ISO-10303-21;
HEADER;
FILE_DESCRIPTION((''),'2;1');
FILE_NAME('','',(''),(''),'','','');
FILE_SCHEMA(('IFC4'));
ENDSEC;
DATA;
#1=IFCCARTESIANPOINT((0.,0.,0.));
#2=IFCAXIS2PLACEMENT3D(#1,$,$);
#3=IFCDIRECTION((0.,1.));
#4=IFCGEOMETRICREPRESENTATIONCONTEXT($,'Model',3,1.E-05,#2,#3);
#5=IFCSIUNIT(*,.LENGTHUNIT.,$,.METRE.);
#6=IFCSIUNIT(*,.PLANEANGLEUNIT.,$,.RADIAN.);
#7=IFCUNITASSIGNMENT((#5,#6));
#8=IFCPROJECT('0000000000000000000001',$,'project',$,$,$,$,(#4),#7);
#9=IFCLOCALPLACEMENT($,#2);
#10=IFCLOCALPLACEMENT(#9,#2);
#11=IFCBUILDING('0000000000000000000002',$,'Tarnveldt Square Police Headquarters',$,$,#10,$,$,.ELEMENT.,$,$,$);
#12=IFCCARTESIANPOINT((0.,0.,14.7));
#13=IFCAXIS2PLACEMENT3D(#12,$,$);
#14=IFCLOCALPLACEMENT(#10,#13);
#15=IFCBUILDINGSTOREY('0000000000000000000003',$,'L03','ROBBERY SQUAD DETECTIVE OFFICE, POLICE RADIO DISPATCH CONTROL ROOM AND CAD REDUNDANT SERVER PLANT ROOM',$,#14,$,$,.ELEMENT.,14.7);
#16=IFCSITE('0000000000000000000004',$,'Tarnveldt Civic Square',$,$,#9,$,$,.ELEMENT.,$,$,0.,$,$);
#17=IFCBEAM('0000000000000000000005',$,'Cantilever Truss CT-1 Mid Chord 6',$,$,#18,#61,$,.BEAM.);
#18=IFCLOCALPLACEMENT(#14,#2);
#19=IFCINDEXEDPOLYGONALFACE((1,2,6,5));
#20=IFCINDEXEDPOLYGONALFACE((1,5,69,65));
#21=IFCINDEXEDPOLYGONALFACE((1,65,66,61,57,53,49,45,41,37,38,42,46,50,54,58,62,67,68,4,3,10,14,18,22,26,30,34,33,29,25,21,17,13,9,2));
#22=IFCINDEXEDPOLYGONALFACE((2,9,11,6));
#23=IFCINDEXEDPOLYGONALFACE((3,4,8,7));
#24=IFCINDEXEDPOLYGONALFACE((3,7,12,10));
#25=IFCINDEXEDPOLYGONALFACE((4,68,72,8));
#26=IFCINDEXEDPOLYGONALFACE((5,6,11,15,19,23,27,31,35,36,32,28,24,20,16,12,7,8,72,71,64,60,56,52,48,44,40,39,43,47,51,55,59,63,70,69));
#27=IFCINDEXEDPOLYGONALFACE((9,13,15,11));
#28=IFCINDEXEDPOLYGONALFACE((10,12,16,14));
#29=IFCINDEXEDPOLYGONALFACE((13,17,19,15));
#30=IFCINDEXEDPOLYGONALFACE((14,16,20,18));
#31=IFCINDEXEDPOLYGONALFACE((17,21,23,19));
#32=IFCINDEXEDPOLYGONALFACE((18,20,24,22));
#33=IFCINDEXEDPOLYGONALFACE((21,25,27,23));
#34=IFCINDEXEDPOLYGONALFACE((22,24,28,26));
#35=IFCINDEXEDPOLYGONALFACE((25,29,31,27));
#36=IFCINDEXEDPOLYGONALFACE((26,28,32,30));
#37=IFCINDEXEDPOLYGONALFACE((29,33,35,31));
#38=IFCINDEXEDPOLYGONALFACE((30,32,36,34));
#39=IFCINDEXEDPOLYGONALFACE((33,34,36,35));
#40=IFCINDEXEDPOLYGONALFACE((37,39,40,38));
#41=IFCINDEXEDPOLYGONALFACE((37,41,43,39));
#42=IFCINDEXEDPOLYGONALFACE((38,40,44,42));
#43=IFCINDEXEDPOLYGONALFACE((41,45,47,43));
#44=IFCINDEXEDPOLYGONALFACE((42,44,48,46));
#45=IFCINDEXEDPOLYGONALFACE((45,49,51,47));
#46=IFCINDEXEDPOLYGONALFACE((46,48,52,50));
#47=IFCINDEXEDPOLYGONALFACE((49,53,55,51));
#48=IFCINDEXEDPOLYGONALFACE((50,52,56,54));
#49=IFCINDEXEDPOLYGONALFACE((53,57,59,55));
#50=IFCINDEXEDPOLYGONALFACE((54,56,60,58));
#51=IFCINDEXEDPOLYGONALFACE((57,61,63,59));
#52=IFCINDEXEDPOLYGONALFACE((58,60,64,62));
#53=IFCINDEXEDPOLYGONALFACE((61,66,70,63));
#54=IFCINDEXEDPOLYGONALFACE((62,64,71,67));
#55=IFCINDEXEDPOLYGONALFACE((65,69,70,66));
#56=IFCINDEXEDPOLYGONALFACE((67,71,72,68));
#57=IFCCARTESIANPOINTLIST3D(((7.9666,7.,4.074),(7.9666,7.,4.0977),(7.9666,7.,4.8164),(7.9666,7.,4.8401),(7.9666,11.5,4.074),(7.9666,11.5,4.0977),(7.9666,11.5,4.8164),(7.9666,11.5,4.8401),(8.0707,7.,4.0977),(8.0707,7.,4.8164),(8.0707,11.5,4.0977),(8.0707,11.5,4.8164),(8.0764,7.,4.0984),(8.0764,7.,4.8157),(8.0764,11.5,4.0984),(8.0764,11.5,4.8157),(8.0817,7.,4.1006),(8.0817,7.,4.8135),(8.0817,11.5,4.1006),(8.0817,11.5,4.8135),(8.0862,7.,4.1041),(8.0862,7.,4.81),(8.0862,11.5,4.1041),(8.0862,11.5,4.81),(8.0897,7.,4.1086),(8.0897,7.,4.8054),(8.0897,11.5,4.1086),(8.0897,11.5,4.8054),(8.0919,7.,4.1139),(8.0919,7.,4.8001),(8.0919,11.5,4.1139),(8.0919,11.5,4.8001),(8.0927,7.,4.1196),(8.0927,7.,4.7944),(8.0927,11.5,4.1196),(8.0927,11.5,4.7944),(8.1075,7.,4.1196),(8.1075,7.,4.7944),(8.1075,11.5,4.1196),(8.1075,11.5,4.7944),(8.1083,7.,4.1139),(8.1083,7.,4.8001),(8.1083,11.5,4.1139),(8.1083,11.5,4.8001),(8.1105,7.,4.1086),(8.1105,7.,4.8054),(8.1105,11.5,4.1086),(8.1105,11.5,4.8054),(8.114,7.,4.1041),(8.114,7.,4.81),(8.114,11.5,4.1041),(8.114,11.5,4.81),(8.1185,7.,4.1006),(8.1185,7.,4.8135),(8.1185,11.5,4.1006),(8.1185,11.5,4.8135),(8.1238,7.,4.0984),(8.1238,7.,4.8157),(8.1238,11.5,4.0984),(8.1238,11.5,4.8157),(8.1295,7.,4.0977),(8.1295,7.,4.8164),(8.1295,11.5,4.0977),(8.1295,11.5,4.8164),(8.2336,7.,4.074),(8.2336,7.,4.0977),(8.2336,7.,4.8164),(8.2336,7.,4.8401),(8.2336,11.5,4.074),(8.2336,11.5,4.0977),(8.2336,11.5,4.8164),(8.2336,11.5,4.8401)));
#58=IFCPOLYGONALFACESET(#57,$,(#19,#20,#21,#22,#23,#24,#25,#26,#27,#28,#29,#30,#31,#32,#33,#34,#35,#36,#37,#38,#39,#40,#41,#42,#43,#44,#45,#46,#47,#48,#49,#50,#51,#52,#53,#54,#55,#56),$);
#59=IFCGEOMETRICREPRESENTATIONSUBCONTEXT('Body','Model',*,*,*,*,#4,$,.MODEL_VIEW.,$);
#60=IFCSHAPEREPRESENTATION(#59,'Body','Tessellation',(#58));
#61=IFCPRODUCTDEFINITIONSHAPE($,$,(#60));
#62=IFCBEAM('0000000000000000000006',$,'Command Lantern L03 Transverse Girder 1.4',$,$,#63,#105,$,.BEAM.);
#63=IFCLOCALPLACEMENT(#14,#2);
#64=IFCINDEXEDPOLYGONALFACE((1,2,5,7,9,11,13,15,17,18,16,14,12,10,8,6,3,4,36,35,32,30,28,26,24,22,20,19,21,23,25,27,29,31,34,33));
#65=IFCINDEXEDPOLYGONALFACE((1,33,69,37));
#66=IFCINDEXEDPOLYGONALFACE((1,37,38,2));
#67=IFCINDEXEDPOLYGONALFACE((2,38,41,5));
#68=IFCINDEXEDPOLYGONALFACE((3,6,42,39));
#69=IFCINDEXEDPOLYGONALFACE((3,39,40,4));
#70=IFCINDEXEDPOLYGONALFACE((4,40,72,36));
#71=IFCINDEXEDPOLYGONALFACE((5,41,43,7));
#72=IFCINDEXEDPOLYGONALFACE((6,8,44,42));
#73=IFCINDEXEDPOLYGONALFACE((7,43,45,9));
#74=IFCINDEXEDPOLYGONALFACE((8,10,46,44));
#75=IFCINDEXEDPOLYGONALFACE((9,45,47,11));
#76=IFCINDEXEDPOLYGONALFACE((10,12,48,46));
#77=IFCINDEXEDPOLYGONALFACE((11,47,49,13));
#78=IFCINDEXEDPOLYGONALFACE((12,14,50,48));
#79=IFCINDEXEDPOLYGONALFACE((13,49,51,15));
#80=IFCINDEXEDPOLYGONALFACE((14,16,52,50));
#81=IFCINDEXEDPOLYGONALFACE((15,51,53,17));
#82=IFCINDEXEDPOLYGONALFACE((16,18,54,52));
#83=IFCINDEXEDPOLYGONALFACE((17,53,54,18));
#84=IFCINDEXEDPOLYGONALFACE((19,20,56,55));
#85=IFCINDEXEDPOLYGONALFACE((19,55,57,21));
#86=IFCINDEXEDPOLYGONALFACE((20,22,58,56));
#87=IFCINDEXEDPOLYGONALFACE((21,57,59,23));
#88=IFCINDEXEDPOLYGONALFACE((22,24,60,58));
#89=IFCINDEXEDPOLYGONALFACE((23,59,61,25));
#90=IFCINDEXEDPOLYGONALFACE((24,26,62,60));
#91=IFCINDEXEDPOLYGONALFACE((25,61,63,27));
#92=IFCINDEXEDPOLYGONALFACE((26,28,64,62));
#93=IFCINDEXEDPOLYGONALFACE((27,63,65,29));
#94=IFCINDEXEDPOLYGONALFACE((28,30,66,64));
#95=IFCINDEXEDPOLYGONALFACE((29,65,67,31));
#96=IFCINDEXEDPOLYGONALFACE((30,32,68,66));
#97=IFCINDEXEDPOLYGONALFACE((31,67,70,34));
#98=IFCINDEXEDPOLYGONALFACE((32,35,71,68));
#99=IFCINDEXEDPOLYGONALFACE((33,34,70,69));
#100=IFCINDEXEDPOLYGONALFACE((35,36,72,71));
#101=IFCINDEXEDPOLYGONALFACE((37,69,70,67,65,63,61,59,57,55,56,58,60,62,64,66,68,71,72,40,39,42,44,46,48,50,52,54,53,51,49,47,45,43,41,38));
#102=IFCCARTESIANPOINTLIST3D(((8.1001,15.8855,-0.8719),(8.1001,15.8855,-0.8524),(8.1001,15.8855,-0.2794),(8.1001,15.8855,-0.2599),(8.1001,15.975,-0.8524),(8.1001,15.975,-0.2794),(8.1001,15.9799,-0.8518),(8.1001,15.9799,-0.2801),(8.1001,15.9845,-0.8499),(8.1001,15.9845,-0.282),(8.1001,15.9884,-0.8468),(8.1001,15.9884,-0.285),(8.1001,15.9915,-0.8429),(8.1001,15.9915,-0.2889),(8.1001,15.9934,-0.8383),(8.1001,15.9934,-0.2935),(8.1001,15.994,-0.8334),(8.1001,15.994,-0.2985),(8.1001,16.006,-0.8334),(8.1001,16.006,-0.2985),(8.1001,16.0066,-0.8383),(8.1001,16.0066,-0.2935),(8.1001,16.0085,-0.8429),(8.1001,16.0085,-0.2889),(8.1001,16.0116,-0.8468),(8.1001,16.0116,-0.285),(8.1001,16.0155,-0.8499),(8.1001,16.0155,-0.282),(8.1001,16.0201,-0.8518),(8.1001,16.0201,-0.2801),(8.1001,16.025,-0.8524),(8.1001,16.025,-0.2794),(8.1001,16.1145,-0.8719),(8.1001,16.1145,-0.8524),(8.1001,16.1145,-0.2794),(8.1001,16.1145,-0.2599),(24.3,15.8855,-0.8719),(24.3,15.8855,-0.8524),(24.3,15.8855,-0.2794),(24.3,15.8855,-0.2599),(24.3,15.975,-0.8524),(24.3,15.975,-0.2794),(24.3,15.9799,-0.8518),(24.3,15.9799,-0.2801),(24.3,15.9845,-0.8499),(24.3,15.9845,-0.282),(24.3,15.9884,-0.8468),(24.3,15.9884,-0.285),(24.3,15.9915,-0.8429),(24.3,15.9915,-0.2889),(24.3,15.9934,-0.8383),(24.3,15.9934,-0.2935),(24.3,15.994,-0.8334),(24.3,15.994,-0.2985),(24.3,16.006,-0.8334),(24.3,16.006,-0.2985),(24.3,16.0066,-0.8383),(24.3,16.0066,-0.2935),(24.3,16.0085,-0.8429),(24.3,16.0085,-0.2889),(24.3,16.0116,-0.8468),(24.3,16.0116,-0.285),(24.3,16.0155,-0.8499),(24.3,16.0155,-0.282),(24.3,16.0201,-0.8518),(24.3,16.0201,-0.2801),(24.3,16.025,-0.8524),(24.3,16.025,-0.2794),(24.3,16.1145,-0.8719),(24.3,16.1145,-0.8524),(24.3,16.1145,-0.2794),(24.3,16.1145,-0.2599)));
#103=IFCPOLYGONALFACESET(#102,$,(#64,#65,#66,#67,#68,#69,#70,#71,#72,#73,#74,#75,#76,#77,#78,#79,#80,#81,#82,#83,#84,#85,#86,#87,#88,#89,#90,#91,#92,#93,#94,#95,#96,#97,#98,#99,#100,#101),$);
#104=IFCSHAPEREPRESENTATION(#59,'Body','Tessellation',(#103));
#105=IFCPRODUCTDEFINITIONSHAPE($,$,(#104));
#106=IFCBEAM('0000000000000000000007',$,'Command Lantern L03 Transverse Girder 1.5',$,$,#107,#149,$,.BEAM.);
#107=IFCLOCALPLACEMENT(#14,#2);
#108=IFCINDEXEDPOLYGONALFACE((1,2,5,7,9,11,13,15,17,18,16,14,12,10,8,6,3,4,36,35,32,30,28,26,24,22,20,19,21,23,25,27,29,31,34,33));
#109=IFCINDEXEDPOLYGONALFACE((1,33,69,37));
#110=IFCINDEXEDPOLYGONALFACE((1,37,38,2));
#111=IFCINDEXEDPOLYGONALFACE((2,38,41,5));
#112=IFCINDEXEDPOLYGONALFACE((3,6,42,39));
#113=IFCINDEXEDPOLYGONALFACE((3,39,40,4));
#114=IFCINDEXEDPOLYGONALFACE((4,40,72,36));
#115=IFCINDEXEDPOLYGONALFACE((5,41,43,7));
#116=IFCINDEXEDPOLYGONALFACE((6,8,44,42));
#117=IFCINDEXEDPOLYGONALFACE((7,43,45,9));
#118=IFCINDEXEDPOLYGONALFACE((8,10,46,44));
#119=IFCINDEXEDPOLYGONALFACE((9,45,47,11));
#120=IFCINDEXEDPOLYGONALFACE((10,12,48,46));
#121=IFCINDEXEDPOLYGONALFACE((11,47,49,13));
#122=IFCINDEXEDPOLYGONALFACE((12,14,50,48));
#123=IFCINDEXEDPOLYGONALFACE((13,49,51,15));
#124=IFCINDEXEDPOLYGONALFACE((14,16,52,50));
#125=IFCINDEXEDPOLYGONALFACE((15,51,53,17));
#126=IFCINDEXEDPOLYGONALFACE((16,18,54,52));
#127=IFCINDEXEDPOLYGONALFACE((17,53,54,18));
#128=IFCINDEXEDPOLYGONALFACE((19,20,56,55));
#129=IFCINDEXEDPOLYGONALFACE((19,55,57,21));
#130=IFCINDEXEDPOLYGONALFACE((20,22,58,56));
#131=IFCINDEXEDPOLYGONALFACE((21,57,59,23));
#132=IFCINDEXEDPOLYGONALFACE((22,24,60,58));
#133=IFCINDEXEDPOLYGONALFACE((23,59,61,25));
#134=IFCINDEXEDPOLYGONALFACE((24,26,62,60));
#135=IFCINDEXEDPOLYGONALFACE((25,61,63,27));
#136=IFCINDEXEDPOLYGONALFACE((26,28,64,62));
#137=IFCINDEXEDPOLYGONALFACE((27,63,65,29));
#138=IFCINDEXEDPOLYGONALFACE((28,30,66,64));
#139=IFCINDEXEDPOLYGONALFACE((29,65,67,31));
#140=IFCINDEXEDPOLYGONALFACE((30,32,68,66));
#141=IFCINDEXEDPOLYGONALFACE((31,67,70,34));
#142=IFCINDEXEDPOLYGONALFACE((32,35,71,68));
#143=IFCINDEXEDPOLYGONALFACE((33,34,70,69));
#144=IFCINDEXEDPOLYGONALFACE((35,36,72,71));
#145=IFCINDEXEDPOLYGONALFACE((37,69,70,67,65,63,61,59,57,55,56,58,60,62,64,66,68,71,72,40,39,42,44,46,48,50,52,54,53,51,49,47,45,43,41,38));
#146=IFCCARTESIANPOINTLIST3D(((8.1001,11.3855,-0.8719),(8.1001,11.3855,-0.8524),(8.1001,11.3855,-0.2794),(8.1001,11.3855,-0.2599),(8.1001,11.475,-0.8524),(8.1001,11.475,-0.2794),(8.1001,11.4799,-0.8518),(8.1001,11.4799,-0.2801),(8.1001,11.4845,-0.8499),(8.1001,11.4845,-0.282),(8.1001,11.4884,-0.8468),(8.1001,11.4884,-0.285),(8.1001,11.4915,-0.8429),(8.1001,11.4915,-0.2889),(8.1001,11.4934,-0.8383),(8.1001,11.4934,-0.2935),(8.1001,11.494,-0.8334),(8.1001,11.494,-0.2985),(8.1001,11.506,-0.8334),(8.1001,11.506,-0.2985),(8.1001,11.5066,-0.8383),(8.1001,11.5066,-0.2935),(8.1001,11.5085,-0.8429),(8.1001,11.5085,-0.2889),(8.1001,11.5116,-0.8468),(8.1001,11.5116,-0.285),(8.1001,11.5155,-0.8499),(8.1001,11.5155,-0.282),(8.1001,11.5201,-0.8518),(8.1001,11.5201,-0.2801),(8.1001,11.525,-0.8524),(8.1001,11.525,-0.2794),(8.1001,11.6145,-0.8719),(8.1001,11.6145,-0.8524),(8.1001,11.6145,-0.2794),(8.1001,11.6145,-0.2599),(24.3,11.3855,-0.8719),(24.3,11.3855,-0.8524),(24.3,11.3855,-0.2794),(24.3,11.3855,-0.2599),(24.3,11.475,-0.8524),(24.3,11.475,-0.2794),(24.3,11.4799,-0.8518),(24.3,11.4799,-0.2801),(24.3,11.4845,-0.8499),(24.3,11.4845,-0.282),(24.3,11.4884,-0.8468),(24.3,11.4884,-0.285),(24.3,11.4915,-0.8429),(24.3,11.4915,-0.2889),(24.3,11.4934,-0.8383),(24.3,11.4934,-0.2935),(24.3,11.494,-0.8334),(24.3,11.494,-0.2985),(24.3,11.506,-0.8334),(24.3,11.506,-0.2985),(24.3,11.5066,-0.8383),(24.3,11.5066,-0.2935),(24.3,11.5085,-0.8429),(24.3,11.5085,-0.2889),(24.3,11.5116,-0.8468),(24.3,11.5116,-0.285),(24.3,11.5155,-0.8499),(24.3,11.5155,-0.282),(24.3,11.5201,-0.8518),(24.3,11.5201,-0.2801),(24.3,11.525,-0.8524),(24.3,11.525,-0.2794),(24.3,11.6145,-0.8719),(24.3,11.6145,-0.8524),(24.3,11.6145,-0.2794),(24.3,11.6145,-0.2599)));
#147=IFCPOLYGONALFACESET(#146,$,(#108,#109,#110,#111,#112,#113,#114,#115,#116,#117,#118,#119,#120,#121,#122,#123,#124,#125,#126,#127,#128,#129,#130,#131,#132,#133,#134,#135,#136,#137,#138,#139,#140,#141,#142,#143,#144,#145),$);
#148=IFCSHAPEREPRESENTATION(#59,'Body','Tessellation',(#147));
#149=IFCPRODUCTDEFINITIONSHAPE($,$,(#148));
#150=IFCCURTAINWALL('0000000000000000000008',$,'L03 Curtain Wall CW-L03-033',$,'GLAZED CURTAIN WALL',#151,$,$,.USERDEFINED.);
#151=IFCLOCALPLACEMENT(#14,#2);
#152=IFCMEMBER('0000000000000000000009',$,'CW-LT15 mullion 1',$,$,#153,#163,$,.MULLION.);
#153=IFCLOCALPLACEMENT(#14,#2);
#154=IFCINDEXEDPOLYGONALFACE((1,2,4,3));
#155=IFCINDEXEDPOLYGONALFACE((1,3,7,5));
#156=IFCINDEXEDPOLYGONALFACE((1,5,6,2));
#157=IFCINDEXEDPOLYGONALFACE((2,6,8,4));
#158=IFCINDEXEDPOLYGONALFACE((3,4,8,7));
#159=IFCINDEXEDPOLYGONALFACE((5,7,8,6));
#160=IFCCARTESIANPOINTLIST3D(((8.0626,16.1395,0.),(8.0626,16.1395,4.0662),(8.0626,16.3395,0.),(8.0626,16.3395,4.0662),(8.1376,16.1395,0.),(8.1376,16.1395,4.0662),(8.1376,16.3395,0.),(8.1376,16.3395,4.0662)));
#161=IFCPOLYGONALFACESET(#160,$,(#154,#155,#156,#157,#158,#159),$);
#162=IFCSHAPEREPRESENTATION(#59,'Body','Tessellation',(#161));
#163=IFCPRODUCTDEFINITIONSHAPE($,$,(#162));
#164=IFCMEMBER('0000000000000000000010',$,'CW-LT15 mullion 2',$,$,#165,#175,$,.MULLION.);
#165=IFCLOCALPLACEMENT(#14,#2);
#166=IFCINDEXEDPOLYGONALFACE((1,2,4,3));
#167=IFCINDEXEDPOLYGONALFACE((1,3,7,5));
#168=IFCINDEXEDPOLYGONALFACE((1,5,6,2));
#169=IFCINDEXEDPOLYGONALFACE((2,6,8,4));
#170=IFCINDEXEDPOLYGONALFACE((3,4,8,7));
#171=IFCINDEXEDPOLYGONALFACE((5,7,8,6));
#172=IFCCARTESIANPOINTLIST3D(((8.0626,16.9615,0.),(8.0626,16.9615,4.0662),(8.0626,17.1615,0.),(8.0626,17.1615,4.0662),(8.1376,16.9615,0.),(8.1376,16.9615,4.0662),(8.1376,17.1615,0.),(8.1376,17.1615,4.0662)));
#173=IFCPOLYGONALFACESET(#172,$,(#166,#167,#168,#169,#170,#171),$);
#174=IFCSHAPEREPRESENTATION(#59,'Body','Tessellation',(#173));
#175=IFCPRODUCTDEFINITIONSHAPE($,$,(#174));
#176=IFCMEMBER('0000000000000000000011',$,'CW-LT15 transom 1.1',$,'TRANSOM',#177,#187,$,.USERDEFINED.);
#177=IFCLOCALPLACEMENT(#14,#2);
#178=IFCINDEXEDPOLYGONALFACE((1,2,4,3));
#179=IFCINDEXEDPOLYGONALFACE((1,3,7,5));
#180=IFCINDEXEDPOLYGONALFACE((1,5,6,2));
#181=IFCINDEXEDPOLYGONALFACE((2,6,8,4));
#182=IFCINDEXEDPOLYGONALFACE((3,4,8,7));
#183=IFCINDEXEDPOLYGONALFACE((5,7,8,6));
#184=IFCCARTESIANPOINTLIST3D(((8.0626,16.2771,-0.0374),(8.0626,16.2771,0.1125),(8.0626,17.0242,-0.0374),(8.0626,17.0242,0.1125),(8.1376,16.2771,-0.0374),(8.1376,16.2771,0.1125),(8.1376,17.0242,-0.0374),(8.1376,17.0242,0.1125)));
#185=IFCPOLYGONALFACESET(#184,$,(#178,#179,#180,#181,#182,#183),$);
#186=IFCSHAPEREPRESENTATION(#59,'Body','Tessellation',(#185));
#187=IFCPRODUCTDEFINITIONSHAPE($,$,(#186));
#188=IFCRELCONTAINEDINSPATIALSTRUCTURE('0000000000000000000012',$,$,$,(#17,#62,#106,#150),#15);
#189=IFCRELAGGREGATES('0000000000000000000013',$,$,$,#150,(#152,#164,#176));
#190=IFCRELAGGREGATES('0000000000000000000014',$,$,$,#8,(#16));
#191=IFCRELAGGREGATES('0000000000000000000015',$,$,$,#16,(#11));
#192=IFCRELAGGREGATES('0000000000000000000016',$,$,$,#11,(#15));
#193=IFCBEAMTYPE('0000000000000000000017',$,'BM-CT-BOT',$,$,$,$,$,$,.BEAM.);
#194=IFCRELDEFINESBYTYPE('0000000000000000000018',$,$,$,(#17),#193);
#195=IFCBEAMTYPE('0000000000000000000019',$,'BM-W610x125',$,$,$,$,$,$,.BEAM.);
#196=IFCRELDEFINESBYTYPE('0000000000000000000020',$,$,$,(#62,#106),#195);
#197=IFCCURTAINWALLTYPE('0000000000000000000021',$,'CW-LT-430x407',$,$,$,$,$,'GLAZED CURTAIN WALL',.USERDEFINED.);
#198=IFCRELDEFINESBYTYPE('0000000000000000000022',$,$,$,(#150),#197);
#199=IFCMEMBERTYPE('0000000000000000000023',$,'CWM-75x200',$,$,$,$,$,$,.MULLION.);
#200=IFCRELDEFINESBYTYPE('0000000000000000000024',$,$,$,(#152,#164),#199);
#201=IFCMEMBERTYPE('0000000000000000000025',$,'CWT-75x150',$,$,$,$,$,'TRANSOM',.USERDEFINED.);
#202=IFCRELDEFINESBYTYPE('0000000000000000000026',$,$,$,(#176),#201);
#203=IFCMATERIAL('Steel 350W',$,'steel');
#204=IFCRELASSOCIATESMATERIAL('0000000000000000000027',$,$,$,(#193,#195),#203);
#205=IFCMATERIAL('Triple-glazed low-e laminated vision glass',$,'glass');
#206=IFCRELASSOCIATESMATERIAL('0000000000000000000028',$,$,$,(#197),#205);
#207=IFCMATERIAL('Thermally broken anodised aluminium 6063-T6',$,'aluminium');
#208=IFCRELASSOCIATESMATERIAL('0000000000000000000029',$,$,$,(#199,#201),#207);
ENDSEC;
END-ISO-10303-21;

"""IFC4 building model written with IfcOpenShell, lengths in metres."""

from ifc_helpers import new_model, si_unit, direction, frame, origin, origin_2d, place, context, subcontext, project, spatial, rectangle, i_section, extrude, material, material_profile, profile_set, type_object, element, aggregate, save


model = new_model("IFC4")

# Units and contexts
model_context = context("Model", 3, precision=1e-05, world=origin(), true_north=direction((0.0, 1.0)))
body_context = subcontext(model_context, "Body", "Model", "MODEL_VIEW")
ifc_project = project(units=[si_unit("LENGTHUNIT", "METRE"), si_unit("PLANEANGLEUNIT", "RADIAN")], contexts=[model_context])

# Site, building, storey
site_placement = place(None, origin())
site = spatial("IfcSite", under=ifc_project, at=site_placement, Name="Tarnveldt Civic Square", CompositionType="ELEMENT", RefElevation=0.0)
building_placement = place(site_placement, origin())
building = spatial("IfcBuilding", under=site, at=building_placement, Name="Tarnveldt Square Police Headquarters", CompositionType="ELEMENT")
storey_placement = place(building_placement, frame((0.0, 0.0, 14.7)))
storey = spatial("IfcBuildingStorey", under=building, at=storey_placement, Name="L03", Description="ROBBERY SQUAD DETECTIVE OFFICE, POLICE RADIO DISPATCH CONTROL ROOM AND CAD REDUNDANT SERVER PLANT ROOM", CompositionType="ELEMENT", Elevation=14.7)

# Shared definitions
ifc_material_1 = material(Name="Steel 350W", Category="steel")

# Beams
ifc_material_profile_1 = material_profile(ifc_material_1, i_section(OverallWidth=0.2671, OverallDepth=0.7661, WebThickness=0.0149, FlangeThickness=0.0237, FilletRadius=0.022, at=origin_2d()), Name="W760x185")
ifc_profile_set_1 = profile_set([ifc_material_profile_1], Name="Steel 350W")
beam_type_1 = type_object("IfcBeamType", Name="BM-CT-BOT", PredefinedType="BEAM", material=ifc_profile_set_1)
for number, where, z_axis, x_axis, name in (
    (1, (8.1001, 11.5, 4.457), (0.0, -1.0, 0.0), (1.0, 0.0, 0.0), "Cantilever Truss CT-1 Mid Chord 6"),
):
    element("IfcBeam", number, at=place(storey_placement, frame(where, z_axis=z_axis, x_axis=x_axis)), inside=storey, type_object=beam_type_1, Name=name, PredefinedType="BEAM", context=body_context, shape_type="SweptSolid", body=[
        extrude(i_section(OverallWidth=0.2671, OverallDepth=0.7661, WebThickness=0.0149, FlangeThickness=0.0237, FilletRadius=0.022, at=origin_2d()), origin(), (0.0, 0.0, 1.0), 4.5),
    ])
ifc_material_profile_2 = material_profile(ifc_material_1, i_section(OverallWidth=0.229, OverallDepth=0.6121, WebThickness=0.012, FlangeThickness=0.0195, FilletRadius=0.019, at=origin_2d()), Name="W610x125")
ifc_profile_set_2 = profile_set([ifc_material_profile_2], Name="Steel 350W")
beam_type_2 = type_object("IfcBeamType", Name="BM-W610x125", PredefinedType="BEAM", material=ifc_profile_set_2)
for number, where, z_axis, x_axis, name in (
    (2, (8.1001, 16.0, -0.5659), (1.0, 0.0, 0.0), (0.0, 1.0, 0.0), "Command Lantern L03 Transverse Girder 1.4"),
    (3, (8.1001, 11.5, -0.5659), (1.0, 0.0, 0.0), (0.0, 1.0, 0.0), "Command Lantern L03 Transverse Girder 1.5"),
):
    element("IfcBeam", number, at=place(storey_placement, frame(where, z_axis=z_axis, x_axis=x_axis)), inside=storey, type_object=beam_type_2, Name=name, PredefinedType="BEAM", context=body_context, shape_type="SweptSolid", body=[
        extrude(i_section(OverallWidth=0.229, OverallDepth=0.6121, WebThickness=0.012, FlangeThickness=0.0195, FilletRadius=0.019, at=origin_2d()), origin(), (0.0, 0.0, 1.0), 16.2),
    ])

# Curtain wall, members
ifc_material_2 = material(Name="Triple-glazed low-e laminated vision glass", Category="glass")
curtain_wall_type = type_object("IfcCurtainWallType", Name="CW-LT-430x407", ElementType="GLAZED CURTAIN WALL", PredefinedType="USERDEFINED", material=ifc_material_2)
curtain_wall_placement = place(storey_placement, origin())
curtain_wall = element("IfcCurtainWall", 4, at=curtain_wall_placement, inside=storey, type_object=curtain_wall_type, Name="L03 Curtain Wall CW-L03-033", ObjectType="GLAZED CURTAIN WALL", PredefinedType="USERDEFINED")
ifc_material_3 = material(Name="Thermally broken anodised aluminium 6063-T6", Category="aluminium")
ifc_material_profile_3 = material_profile(ifc_material_3, rectangle(XDim=0.075, YDim=0.2, at=origin_2d()), Name="CW-M75x200")
ifc_profile_set_3 = profile_set([ifc_material_profile_3], Name="Thermally broken anodised aluminium 6063-T6")
member_type_1 = type_object("IfcMemberType", Name="CWM-75x200", PredefinedType="MULLION", material=ifc_profile_set_3)
member_1_placement = place(storey_placement, frame((8.1001, 16.2395, 0.0), z_axis=(0.0, 0.0, 1.0), x_axis=(-1.0, 0.0, 0.0)))
member_1 = element("IfcMember", 5, at=member_1_placement, type_object=member_type_1, Name="CW-LT15 mullion 1", PredefinedType="MULLION", context=body_context, shape_type="SweptSolid", body=[
    extrude(rectangle(XDim=0.075, YDim=0.2, at=origin_2d()), origin(), (0.0, 0.0, 1.0), 4.0662),
])
member_2_placement = place(storey_placement, frame((8.1001, 17.0615, 0.0), z_axis=(0.0, 0.0, 1.0), x_axis=(-1.0, 0.0, 0.0)))
member_2 = element("IfcMember", 6, at=member_2_placement, type_object=member_type_1, Name="CW-LT15 mullion 2", PredefinedType="MULLION", context=body_context, shape_type="SweptSolid", body=[
    extrude(rectangle(XDim=0.075, YDim=0.2, at=origin_2d()), origin(), (0.0, 0.0, 1.0), 4.0662),
])
ifc_material_profile_4 = material_profile(ifc_material_3, rectangle(XDim=0.075, YDim=0.1499, at=origin_2d()), Name="CW-T75x150")
ifc_profile_set_4 = profile_set([ifc_material_profile_4], Name="Thermally broken anodised aluminium 6063-T6")
member_type_2 = type_object("IfcMemberType", Name="CWT-75x150", ElementType="TRANSOM", PredefinedType="USERDEFINED", material=ifc_profile_set_4)
member_3_placement = place(storey_placement, frame((8.1001, 16.2771, 0.0376), z_axis=(0.0, 1.0, 0.0), x_axis=(-1.0, 0.0, 0.0)))
member_3 = element("IfcMember", 7, at=member_3_placement, type_object=member_type_2, Name="CW-LT15 transom 1.1", ObjectType="TRANSOM", PredefinedType="USERDEFINED", context=body_context, shape_type="SweptSolid", body=[
    extrude(rectangle(XDim=0.075, YDim=0.1499, at=origin_2d()), origin(), (0.0, 0.0, 1.0), 0.7471),
])

aggregate(curtain_wall, [member_1, member_2, member_3])

save(model, "model.ifc")
